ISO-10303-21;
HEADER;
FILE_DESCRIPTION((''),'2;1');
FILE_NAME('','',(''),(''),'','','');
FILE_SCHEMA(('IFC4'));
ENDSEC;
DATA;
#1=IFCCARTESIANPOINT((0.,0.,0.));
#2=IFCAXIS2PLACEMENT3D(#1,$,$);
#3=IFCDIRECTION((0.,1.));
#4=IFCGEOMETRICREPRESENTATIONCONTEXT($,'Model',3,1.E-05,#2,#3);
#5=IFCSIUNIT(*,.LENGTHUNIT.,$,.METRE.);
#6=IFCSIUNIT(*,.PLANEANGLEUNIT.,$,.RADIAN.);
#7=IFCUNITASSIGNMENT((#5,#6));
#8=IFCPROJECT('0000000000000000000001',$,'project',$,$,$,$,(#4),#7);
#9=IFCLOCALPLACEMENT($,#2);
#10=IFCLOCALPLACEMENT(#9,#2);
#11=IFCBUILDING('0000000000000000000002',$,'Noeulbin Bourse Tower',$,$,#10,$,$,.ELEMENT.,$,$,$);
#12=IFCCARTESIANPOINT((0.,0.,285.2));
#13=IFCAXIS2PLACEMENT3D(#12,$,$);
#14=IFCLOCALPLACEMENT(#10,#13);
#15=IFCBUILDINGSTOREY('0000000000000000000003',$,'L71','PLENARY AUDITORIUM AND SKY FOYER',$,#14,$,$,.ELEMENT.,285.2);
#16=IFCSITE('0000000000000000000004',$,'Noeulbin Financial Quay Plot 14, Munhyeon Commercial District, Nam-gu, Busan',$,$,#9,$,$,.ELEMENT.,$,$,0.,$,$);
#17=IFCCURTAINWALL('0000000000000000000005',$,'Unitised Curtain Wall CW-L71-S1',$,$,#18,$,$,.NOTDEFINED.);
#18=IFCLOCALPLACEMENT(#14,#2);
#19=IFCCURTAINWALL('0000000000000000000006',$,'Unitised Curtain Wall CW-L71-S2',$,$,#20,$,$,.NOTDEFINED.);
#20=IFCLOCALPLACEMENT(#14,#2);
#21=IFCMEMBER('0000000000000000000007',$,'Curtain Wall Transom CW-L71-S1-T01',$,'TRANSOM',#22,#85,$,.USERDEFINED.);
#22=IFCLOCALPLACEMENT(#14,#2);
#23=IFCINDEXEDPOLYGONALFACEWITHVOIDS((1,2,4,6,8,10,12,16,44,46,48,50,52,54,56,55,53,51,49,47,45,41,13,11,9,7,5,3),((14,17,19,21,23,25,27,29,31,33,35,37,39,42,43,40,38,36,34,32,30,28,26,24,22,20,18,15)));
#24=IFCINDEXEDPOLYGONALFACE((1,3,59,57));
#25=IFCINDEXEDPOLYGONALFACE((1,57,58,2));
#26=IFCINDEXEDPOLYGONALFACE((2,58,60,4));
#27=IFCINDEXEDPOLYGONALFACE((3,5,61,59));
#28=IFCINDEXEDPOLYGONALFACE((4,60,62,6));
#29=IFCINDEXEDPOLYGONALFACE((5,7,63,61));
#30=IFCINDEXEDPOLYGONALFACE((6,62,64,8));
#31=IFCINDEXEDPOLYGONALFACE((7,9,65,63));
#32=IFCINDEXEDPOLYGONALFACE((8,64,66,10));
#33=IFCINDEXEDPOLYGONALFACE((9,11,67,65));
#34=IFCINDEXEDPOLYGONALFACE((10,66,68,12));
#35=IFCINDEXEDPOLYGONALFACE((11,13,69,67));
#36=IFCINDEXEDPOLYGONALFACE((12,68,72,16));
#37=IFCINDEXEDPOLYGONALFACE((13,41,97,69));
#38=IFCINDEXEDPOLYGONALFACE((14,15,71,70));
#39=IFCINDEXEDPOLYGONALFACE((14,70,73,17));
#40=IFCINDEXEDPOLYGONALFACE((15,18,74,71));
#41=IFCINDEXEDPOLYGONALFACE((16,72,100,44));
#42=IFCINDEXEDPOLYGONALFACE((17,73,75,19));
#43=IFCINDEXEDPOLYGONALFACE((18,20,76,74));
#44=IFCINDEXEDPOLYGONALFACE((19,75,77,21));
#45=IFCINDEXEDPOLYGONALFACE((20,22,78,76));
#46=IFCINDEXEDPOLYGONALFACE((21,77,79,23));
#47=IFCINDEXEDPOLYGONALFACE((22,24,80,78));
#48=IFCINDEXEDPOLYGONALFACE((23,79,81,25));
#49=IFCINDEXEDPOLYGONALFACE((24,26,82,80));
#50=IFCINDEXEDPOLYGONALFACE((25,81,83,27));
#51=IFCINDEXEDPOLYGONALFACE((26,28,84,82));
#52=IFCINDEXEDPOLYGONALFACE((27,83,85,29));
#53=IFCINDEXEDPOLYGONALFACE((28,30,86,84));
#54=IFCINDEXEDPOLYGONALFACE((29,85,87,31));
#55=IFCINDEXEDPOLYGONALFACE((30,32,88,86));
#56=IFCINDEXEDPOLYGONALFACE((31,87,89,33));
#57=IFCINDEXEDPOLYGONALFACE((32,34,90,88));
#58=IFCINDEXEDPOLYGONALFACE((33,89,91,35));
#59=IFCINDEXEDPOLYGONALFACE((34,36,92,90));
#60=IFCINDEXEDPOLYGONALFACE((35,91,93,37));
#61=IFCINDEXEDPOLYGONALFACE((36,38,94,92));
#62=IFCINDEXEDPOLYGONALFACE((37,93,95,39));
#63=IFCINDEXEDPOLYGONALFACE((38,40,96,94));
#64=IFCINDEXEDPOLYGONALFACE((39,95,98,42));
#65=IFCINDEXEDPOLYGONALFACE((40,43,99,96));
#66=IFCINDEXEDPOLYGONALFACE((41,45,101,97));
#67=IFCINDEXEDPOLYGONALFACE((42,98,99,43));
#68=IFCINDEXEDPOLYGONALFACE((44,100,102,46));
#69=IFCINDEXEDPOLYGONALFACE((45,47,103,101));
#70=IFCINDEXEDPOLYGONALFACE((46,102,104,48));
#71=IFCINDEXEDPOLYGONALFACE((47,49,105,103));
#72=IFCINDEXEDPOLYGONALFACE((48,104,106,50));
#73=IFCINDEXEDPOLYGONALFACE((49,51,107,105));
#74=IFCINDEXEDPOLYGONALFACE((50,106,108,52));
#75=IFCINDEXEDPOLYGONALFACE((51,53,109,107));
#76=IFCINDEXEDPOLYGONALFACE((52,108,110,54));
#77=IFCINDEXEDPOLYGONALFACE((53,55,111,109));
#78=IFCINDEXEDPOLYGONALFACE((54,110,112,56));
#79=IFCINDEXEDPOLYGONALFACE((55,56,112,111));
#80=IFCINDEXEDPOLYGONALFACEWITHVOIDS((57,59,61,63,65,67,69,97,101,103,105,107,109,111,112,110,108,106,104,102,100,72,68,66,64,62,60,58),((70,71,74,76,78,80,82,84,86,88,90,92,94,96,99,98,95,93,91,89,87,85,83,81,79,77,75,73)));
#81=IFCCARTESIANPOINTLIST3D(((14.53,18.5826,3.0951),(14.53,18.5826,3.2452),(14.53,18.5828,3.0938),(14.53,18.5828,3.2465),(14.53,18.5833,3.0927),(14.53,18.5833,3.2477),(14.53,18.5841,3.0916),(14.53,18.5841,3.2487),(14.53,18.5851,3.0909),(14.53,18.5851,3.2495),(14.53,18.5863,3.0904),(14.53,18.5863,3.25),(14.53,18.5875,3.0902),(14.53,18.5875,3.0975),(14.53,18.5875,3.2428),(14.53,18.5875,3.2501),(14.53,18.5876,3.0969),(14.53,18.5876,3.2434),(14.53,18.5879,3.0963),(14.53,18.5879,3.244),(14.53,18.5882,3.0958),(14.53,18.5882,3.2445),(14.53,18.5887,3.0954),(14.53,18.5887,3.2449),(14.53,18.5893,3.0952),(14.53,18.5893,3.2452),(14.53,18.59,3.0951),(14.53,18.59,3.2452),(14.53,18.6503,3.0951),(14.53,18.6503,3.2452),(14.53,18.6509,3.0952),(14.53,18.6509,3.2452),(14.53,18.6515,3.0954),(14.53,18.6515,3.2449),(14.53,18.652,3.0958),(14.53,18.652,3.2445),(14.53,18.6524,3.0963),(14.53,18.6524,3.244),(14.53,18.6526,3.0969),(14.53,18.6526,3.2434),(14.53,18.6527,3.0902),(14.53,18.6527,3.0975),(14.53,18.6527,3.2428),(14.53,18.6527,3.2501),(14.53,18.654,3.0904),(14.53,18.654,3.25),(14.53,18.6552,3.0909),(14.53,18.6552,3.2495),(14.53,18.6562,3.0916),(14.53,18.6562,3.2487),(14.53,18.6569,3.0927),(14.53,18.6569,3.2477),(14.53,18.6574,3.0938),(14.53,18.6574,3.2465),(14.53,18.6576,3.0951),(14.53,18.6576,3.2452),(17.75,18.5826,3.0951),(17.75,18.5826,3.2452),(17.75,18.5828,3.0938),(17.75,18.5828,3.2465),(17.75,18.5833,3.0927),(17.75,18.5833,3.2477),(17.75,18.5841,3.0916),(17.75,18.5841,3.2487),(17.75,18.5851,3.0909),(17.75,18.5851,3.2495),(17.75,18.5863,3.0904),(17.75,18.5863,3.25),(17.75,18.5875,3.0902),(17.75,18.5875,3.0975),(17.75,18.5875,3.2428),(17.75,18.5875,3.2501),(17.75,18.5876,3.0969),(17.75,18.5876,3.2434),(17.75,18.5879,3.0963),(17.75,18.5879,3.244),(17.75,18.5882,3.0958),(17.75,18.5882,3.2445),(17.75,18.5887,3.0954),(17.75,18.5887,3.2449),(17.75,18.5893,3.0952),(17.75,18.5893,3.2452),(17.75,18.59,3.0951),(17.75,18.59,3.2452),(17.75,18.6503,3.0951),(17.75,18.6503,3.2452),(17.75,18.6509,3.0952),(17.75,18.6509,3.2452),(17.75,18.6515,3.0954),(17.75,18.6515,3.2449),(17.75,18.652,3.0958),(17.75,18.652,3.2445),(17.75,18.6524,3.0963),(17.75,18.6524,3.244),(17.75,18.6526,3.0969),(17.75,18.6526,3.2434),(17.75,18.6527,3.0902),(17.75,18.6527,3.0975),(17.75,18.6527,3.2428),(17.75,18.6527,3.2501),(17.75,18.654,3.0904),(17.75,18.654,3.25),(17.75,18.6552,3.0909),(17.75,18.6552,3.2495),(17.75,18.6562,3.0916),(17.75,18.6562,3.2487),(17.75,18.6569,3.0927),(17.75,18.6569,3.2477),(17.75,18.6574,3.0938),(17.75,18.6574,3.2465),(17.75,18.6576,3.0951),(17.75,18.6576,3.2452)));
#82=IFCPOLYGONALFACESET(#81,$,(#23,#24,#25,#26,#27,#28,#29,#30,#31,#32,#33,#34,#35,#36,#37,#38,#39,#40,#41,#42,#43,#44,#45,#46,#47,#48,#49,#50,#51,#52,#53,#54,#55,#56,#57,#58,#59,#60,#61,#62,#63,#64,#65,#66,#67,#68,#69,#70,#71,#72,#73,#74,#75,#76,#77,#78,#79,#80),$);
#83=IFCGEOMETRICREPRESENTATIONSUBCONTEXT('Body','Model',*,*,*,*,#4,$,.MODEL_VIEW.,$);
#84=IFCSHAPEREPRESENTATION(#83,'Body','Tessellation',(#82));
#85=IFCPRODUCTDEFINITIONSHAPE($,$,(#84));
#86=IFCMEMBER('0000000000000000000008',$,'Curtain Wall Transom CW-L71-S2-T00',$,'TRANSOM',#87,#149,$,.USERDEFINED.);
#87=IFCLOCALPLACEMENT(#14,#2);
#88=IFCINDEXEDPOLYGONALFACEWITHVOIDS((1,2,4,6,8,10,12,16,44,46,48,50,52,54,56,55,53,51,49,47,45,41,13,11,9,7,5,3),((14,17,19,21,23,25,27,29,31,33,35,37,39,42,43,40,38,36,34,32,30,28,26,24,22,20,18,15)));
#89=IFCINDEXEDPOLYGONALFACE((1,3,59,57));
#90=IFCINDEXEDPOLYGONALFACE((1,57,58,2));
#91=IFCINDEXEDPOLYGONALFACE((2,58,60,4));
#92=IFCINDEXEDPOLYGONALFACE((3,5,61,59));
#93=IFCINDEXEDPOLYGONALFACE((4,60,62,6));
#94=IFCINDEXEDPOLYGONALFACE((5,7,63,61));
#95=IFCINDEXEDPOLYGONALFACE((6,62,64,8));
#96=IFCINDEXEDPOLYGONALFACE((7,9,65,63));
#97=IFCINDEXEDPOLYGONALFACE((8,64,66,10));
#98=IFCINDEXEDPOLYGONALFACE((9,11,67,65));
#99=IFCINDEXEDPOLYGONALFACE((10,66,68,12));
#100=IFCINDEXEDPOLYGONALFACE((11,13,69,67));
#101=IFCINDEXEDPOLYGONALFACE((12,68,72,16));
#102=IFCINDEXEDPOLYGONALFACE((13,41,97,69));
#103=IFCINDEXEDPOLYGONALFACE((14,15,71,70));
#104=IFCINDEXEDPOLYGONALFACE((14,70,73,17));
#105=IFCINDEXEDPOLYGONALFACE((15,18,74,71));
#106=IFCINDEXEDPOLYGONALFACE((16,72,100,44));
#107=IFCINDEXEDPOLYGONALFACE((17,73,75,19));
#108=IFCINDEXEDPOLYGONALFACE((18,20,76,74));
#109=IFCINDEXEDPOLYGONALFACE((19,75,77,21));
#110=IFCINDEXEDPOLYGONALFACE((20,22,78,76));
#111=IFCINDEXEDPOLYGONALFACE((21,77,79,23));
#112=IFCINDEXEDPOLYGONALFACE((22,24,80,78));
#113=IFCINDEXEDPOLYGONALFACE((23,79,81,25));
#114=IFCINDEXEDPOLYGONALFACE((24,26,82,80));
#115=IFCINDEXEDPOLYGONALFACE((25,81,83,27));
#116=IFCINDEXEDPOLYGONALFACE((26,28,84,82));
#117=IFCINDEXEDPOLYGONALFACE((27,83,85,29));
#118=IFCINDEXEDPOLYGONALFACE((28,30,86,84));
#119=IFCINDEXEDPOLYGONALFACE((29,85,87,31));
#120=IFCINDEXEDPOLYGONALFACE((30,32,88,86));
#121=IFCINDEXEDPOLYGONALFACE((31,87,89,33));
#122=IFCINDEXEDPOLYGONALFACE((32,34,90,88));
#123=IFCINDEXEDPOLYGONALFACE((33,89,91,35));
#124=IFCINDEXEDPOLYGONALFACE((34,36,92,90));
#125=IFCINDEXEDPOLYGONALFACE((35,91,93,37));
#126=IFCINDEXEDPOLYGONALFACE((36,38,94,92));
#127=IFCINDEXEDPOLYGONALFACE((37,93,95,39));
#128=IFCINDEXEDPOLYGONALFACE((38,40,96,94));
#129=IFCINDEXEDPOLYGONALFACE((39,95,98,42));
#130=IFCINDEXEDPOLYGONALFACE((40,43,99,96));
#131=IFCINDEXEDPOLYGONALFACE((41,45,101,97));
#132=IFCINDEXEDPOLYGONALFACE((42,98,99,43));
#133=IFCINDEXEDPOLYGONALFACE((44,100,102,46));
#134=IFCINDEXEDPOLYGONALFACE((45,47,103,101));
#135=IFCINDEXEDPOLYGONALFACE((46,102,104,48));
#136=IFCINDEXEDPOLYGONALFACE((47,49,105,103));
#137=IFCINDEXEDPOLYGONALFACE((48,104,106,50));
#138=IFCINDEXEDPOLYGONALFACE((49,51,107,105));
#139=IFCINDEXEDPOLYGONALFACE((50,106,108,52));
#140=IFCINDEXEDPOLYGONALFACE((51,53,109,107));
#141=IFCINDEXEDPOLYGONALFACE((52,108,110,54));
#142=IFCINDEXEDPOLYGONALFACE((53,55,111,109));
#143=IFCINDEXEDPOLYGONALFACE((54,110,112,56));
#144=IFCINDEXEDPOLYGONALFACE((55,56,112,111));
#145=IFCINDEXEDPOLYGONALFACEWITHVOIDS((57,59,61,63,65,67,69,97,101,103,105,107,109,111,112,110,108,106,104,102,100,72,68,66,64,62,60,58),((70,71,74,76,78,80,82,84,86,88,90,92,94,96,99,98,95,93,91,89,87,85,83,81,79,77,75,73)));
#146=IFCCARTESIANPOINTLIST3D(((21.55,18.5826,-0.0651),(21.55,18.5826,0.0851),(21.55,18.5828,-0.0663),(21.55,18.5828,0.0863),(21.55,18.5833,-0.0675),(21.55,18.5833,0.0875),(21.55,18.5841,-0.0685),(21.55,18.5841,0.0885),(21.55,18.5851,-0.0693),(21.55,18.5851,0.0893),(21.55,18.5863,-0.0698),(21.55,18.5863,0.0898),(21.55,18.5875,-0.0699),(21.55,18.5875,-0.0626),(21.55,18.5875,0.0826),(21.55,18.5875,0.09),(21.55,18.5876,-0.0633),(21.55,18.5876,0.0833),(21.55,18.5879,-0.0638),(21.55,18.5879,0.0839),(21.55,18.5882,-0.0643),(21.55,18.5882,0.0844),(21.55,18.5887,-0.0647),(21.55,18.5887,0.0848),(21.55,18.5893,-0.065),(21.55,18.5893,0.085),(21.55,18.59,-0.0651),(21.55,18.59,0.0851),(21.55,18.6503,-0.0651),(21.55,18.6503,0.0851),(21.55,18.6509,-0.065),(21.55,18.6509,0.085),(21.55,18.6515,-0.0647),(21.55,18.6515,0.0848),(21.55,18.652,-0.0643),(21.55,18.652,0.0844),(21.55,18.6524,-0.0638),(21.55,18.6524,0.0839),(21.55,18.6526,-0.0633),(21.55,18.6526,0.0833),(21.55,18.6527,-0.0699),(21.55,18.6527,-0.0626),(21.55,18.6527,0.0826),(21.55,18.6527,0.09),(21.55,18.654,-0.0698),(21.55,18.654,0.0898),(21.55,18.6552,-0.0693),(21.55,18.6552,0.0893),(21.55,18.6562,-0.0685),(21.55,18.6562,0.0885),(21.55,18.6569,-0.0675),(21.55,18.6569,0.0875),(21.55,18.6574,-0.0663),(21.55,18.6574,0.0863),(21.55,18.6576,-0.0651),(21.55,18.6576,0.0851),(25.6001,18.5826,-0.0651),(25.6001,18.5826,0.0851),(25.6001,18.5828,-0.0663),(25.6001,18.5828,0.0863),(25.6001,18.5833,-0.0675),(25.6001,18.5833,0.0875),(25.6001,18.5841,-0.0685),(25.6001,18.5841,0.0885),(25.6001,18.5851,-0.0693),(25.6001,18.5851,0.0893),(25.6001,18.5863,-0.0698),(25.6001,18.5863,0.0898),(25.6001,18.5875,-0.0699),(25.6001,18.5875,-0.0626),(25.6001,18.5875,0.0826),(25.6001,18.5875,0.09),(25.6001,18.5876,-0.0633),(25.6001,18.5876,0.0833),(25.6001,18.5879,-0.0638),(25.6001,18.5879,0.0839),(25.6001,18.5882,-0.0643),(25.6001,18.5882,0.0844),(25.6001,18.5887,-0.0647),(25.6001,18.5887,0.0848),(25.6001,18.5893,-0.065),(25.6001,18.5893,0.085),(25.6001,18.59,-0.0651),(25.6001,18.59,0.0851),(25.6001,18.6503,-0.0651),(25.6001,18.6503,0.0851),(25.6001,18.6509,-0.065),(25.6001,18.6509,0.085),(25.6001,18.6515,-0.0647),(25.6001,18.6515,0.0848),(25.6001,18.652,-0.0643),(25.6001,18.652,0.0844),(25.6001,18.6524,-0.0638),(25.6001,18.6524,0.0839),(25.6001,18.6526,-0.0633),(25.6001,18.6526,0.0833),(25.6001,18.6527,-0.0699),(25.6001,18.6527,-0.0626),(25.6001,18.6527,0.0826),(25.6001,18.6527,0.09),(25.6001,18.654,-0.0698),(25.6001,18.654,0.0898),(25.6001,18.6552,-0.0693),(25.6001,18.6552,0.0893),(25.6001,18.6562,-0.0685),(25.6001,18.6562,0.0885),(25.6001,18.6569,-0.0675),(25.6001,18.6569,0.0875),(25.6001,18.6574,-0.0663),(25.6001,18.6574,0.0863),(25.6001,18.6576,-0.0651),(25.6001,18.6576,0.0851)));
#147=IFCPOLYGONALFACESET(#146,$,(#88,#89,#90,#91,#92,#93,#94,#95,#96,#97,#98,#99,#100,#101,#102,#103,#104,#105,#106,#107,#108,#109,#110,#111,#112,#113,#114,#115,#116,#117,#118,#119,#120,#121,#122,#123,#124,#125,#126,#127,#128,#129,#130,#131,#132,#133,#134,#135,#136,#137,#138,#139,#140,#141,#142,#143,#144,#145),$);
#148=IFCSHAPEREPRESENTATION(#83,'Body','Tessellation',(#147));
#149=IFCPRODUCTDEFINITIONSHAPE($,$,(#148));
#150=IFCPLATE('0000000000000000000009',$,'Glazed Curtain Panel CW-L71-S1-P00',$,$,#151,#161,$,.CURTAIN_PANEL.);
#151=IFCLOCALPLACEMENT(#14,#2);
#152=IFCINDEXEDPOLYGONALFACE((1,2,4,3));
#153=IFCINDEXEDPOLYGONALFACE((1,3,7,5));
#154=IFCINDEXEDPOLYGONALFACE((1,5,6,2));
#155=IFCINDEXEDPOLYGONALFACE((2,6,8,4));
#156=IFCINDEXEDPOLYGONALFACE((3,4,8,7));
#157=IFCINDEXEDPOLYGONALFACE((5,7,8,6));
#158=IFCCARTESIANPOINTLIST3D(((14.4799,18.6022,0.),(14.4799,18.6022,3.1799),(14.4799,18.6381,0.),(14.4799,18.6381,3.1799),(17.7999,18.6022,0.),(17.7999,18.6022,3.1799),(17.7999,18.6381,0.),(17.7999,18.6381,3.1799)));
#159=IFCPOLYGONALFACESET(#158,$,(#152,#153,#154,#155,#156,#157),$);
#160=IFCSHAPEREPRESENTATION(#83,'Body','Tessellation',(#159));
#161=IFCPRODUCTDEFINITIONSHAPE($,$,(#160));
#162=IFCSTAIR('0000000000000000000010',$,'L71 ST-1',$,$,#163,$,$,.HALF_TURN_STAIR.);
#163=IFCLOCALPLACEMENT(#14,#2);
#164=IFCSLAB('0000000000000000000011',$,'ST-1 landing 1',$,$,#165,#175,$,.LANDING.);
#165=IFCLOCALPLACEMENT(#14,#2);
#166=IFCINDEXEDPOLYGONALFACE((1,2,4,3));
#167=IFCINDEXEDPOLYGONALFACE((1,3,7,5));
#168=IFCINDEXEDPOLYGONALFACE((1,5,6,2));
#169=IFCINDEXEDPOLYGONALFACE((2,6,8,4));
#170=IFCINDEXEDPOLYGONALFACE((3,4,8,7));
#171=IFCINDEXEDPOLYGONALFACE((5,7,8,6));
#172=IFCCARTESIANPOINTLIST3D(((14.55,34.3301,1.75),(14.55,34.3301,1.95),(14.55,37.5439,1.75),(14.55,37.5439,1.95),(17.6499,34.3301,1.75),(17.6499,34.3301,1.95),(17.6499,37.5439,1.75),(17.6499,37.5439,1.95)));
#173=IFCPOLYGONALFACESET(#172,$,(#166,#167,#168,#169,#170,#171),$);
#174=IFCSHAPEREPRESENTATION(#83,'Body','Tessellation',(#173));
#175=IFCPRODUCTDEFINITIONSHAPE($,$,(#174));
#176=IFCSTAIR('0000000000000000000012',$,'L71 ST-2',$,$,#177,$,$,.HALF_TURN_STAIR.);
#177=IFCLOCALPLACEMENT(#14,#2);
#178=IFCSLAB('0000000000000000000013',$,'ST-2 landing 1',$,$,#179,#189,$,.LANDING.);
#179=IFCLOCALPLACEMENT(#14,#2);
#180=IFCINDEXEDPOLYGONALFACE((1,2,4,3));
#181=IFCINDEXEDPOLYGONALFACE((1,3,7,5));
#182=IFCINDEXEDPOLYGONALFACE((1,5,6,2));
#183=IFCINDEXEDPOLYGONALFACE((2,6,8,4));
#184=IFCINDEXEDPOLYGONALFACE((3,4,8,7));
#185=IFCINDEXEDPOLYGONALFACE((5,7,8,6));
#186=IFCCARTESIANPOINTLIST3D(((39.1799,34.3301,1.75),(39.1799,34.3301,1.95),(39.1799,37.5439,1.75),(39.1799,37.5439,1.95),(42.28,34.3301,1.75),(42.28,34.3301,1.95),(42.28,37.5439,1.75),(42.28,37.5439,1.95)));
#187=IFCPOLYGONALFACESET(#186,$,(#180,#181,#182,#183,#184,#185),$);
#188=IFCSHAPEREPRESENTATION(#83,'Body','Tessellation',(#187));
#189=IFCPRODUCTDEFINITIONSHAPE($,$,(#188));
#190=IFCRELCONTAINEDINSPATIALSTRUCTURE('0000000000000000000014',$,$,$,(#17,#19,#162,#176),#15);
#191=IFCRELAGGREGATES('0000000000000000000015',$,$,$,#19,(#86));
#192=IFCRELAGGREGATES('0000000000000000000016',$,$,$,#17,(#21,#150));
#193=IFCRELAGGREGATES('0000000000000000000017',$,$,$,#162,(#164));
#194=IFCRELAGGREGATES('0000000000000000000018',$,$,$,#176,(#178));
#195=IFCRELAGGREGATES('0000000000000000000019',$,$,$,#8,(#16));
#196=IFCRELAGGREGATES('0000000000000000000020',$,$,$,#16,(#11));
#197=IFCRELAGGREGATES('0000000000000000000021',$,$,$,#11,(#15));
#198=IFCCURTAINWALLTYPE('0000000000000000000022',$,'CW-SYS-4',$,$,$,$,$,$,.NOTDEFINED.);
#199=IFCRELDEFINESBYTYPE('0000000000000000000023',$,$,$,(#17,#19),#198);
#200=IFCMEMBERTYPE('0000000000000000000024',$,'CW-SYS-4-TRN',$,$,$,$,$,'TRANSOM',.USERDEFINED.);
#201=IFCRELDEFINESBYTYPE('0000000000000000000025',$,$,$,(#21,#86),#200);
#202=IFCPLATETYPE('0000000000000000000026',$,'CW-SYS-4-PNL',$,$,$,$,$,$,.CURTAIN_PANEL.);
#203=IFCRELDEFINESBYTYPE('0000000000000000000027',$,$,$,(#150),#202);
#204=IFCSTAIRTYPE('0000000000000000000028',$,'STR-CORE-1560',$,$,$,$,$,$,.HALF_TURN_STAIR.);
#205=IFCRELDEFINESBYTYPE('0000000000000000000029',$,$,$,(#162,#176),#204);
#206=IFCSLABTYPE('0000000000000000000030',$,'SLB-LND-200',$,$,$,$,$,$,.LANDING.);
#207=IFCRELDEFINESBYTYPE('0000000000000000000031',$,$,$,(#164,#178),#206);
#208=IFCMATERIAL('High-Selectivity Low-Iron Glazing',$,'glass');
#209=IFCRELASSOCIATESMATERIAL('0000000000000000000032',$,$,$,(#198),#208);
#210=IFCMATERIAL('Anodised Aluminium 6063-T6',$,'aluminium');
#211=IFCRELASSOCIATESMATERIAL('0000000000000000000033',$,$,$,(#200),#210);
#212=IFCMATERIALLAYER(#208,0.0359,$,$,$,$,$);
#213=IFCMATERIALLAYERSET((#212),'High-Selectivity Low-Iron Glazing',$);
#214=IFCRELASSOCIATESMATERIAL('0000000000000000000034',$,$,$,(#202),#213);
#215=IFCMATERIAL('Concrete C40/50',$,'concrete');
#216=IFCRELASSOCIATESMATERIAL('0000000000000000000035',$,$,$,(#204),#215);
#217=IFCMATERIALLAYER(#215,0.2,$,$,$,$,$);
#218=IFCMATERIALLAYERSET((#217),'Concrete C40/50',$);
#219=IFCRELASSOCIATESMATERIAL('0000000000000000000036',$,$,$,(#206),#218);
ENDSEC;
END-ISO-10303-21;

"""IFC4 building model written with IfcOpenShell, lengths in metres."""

from ifc_helpers import new_model, si_unit, direction, frame, origin, origin_2d, place, context, subcontext, project, spatial, polyline, rectangle, hollow_rectangle, outline, extrude, material, layer, layer_set, material_profile, profile_set, type_object, element, aggregate, save


model = new_model("IFC4")

# Units and contexts
model_context = context("Model", 3, precision=1e-05, world=origin(), true_north=direction((0.0, 1.0)))
body_context = subcontext(model_context, "Body", "Model", "MODEL_VIEW")
ifc_project = project(units=[si_unit("LENGTHUNIT", "METRE"), si_unit("PLANEANGLEUNIT", "RADIAN")], contexts=[model_context])

# Site, building, storey
site_placement = place(None, origin())
site = spatial("IfcSite", under=ifc_project, at=site_placement, Name="Noeulbin Financial Quay Plot 14, Munhyeon Commercial District, Nam-gu, Busan", CompositionType="ELEMENT", RefElevation=0.0)
building_placement = place(site_placement, origin())
building = spatial("IfcBuilding", under=site, at=building_placement, Name="Noeulbin Bourse Tower", CompositionType="ELEMENT")
storey_placement = place(building_placement, frame((0.0, 0.0, 285.2)))
storey = spatial("IfcBuildingStorey", under=building, at=storey_placement, Name="L71", Description="PLENARY AUDITORIUM AND SKY FOYER", CompositionType="ELEMENT", Elevation=285.2)

# Curtain wall
ifc_material_1 = material(Name="High-Selectivity Low-Iron Glazing", Category="glass")
curtain_wall_type = type_object("IfcCurtainWallType", Name="CW-SYS-4", PredefinedType="NOTDEFINED", material=ifc_material_1)
curtain_wall_1_placement = place(storey_placement, origin())
curtain_wall_1 = element("IfcCurtainWall", 1, at=curtain_wall_1_placement, inside=storey, type_object=curtain_wall_type, Name="Unitised Curtain Wall CW-L71-S1", PredefinedType="NOTDEFINED")
ifc_material_2 = material(Name="Anodised Aluminium 6063-T6", Category="aluminium")

# Curtain wall
curtain_wall_2_placement = place(storey_placement, origin())
curtain_wall_2 = element("IfcCurtainWall", 2, at=curtain_wall_2_placement, inside=storey, type_object=curtain_wall_type, Name="Unitised Curtain Wall CW-L71-S2", PredefinedType="NOTDEFINED")

# Members
ifc_material_profile_1 = material_profile(ifc_material_2, hollow_rectangle(XDim=0.075, YDim=0.1599, WallThickness=0.0049, InnerFilletRadius=0.0024, OuterFilletRadius=0.0049, at=origin_2d()), Name="ALU-TRAN-75x160x5", Category="LoadBearing")
ifc_profile_set_1 = profile_set([ifc_material_profile_1], Name="Anodised Aluminium 6063-T6")
member_type_1 = type_object("IfcMemberType", Name="CW-SYS-4-TRN", ElementType="TRANSOM", PredefinedType="USERDEFINED", material=ifc_profile_set_1)
member_1_placement = place(storey_placement, frame((14.53, 18.6201, 3.1702), z_axis=(1.0, 0.0, 0.0), x_axis=(0.0, 1.0, 0.0)))
member_1 = element("IfcMember", 3, at=member_1_placement, type_object=member_type_1, Name="Curtain Wall Transom CW-L71-S1-T01", ObjectType="TRANSOM", PredefinedType="USERDEFINED", context=body_context, shape_type="SweptSolid", body=[
    extrude(hollow_rectangle(XDim=0.075, YDim=0.1599, WallThickness=0.0049, InnerFilletRadius=0.0024, OuterFilletRadius=0.0049, at=origin_2d()), origin(), (0.0, 0.0, 1.0), 3.22),
])
member_2_placement = place(storey_placement, frame((21.55, 18.6201, 0.01), z_axis=(1.0, 0.0, 0.0), x_axis=(0.0, 1.0, 0.0)))
member_2 = element("IfcMember", 4, at=member_2_placement, type_object=member_type_1, Name="Curtain Wall Transom CW-L71-S2-T00", ObjectType="TRANSOM", PredefinedType="USERDEFINED", context=body_context, shape_type="SweptSolid", body=[
    extrude(hollow_rectangle(XDim=0.075, YDim=0.1599, WallThickness=0.0049, InnerFilletRadius=0.0024, OuterFilletRadius=0.0049, at=origin_2d()), origin(), (0.0, 0.0, 1.0), 4.05),
])
aggregate(curtain_wall_2, [member_2])

# Plate
ifc_layer_1 = layer(ifc_material_1, 0.0359)
ifc_layer_set_1 = layer_set([ifc_layer_1], Name="High-Selectivity Low-Iron Glazing")
plate_type = type_object("IfcPlateType", Name="CW-SYS-4-PNL", PredefinedType="CURTAIN_PANEL", material=ifc_layer_set_1)
plate_placement = place(storey_placement, frame((16.1399, 18.6201, 0.0), z_axis=(0.0, 0.0, 1.0), x_axis=(1.0, 0.0, 0.0)))
plate = element("IfcPlate", 5, at=plate_placement, type_object=plate_type, Name="Glazed Curtain Panel CW-L71-S1-P00", PredefinedType="CURTAIN_PANEL", context=body_context, shape_type="SweptSolid", body=[
    extrude(rectangle(XDim=3.3201, YDim=0.0359, at=origin_2d()), origin(), (0.0, 0.0, 1.0), 3.1799),
])
aggregate(curtain_wall_1, [member_1, plate])

# Stairs, slabs
ifc_material_3 = material(Name="Concrete C40/50", Category="concrete")
stair_type = type_object("IfcStairType", Name="STR-CORE-1560", PredefinedType="HALF_TURN_STAIR", material=ifc_material_3)
stair_1_placement = place(storey_placement, origin())
stair_1 = element("IfcStair", 6, at=stair_1_placement, inside=storey, type_object=stair_type, Name="L71 ST-1", PredefinedType="HALF_TURN_STAIR")
ifc_layer_2 = layer(ifc_material_3, 0.2)
ifc_layer_set_2 = layer_set([ifc_layer_2], Name="Concrete C40/50")
slab_type_1 = type_object("IfcSlabType", Name="SLB-LND-200", PredefinedType="LANDING", material=ifc_layer_set_2)
slab_1_placement = place(storey_placement, frame((0.0, 0.0, 1.75)))
slab_1 = element("IfcSlab", 7, at=slab_1_placement, type_object=slab_type_1, Name="ST-1 landing 1", PredefinedType="LANDING", context=body_context, shape_type="SweptSolid", body=[
    extrude(outline(polyline([(17.6499, 34.3301), (17.6499, 37.5439), (14.55, 37.5439), (14.55, 34.3301), (17.6499, 34.3301)])), origin(), (0.0, 0.0, 1.0), 0.2),
])
aggregate(stair_1, [slab_1])
stair_2_placement = place(storey_placement, origin())
stair_2 = element("IfcStair", 8, at=stair_2_placement, inside=storey, type_object=stair_type, Name="L71 ST-2", PredefinedType="HALF_TURN_STAIR")
slab_2_placement = place(storey_placement, frame((0.0, 0.0, 1.75)))
slab_2 = element("IfcSlab", 9, at=slab_2_placement, type_object=slab_type_1, Name="ST-2 landing 1", PredefinedType="LANDING", context=body_context, shape_type="SweptSolid", body=[
    extrude(outline(polyline([(42.28, 34.3301), (42.28, 37.5439), (39.1799, 37.5439), (39.1799, 34.3301), (42.28, 34.3301)])), origin(), (0.0, 0.0, 1.0), 0.2),
])
aggregate(stair_2, [slab_2])

save(model, "model.ifc")
